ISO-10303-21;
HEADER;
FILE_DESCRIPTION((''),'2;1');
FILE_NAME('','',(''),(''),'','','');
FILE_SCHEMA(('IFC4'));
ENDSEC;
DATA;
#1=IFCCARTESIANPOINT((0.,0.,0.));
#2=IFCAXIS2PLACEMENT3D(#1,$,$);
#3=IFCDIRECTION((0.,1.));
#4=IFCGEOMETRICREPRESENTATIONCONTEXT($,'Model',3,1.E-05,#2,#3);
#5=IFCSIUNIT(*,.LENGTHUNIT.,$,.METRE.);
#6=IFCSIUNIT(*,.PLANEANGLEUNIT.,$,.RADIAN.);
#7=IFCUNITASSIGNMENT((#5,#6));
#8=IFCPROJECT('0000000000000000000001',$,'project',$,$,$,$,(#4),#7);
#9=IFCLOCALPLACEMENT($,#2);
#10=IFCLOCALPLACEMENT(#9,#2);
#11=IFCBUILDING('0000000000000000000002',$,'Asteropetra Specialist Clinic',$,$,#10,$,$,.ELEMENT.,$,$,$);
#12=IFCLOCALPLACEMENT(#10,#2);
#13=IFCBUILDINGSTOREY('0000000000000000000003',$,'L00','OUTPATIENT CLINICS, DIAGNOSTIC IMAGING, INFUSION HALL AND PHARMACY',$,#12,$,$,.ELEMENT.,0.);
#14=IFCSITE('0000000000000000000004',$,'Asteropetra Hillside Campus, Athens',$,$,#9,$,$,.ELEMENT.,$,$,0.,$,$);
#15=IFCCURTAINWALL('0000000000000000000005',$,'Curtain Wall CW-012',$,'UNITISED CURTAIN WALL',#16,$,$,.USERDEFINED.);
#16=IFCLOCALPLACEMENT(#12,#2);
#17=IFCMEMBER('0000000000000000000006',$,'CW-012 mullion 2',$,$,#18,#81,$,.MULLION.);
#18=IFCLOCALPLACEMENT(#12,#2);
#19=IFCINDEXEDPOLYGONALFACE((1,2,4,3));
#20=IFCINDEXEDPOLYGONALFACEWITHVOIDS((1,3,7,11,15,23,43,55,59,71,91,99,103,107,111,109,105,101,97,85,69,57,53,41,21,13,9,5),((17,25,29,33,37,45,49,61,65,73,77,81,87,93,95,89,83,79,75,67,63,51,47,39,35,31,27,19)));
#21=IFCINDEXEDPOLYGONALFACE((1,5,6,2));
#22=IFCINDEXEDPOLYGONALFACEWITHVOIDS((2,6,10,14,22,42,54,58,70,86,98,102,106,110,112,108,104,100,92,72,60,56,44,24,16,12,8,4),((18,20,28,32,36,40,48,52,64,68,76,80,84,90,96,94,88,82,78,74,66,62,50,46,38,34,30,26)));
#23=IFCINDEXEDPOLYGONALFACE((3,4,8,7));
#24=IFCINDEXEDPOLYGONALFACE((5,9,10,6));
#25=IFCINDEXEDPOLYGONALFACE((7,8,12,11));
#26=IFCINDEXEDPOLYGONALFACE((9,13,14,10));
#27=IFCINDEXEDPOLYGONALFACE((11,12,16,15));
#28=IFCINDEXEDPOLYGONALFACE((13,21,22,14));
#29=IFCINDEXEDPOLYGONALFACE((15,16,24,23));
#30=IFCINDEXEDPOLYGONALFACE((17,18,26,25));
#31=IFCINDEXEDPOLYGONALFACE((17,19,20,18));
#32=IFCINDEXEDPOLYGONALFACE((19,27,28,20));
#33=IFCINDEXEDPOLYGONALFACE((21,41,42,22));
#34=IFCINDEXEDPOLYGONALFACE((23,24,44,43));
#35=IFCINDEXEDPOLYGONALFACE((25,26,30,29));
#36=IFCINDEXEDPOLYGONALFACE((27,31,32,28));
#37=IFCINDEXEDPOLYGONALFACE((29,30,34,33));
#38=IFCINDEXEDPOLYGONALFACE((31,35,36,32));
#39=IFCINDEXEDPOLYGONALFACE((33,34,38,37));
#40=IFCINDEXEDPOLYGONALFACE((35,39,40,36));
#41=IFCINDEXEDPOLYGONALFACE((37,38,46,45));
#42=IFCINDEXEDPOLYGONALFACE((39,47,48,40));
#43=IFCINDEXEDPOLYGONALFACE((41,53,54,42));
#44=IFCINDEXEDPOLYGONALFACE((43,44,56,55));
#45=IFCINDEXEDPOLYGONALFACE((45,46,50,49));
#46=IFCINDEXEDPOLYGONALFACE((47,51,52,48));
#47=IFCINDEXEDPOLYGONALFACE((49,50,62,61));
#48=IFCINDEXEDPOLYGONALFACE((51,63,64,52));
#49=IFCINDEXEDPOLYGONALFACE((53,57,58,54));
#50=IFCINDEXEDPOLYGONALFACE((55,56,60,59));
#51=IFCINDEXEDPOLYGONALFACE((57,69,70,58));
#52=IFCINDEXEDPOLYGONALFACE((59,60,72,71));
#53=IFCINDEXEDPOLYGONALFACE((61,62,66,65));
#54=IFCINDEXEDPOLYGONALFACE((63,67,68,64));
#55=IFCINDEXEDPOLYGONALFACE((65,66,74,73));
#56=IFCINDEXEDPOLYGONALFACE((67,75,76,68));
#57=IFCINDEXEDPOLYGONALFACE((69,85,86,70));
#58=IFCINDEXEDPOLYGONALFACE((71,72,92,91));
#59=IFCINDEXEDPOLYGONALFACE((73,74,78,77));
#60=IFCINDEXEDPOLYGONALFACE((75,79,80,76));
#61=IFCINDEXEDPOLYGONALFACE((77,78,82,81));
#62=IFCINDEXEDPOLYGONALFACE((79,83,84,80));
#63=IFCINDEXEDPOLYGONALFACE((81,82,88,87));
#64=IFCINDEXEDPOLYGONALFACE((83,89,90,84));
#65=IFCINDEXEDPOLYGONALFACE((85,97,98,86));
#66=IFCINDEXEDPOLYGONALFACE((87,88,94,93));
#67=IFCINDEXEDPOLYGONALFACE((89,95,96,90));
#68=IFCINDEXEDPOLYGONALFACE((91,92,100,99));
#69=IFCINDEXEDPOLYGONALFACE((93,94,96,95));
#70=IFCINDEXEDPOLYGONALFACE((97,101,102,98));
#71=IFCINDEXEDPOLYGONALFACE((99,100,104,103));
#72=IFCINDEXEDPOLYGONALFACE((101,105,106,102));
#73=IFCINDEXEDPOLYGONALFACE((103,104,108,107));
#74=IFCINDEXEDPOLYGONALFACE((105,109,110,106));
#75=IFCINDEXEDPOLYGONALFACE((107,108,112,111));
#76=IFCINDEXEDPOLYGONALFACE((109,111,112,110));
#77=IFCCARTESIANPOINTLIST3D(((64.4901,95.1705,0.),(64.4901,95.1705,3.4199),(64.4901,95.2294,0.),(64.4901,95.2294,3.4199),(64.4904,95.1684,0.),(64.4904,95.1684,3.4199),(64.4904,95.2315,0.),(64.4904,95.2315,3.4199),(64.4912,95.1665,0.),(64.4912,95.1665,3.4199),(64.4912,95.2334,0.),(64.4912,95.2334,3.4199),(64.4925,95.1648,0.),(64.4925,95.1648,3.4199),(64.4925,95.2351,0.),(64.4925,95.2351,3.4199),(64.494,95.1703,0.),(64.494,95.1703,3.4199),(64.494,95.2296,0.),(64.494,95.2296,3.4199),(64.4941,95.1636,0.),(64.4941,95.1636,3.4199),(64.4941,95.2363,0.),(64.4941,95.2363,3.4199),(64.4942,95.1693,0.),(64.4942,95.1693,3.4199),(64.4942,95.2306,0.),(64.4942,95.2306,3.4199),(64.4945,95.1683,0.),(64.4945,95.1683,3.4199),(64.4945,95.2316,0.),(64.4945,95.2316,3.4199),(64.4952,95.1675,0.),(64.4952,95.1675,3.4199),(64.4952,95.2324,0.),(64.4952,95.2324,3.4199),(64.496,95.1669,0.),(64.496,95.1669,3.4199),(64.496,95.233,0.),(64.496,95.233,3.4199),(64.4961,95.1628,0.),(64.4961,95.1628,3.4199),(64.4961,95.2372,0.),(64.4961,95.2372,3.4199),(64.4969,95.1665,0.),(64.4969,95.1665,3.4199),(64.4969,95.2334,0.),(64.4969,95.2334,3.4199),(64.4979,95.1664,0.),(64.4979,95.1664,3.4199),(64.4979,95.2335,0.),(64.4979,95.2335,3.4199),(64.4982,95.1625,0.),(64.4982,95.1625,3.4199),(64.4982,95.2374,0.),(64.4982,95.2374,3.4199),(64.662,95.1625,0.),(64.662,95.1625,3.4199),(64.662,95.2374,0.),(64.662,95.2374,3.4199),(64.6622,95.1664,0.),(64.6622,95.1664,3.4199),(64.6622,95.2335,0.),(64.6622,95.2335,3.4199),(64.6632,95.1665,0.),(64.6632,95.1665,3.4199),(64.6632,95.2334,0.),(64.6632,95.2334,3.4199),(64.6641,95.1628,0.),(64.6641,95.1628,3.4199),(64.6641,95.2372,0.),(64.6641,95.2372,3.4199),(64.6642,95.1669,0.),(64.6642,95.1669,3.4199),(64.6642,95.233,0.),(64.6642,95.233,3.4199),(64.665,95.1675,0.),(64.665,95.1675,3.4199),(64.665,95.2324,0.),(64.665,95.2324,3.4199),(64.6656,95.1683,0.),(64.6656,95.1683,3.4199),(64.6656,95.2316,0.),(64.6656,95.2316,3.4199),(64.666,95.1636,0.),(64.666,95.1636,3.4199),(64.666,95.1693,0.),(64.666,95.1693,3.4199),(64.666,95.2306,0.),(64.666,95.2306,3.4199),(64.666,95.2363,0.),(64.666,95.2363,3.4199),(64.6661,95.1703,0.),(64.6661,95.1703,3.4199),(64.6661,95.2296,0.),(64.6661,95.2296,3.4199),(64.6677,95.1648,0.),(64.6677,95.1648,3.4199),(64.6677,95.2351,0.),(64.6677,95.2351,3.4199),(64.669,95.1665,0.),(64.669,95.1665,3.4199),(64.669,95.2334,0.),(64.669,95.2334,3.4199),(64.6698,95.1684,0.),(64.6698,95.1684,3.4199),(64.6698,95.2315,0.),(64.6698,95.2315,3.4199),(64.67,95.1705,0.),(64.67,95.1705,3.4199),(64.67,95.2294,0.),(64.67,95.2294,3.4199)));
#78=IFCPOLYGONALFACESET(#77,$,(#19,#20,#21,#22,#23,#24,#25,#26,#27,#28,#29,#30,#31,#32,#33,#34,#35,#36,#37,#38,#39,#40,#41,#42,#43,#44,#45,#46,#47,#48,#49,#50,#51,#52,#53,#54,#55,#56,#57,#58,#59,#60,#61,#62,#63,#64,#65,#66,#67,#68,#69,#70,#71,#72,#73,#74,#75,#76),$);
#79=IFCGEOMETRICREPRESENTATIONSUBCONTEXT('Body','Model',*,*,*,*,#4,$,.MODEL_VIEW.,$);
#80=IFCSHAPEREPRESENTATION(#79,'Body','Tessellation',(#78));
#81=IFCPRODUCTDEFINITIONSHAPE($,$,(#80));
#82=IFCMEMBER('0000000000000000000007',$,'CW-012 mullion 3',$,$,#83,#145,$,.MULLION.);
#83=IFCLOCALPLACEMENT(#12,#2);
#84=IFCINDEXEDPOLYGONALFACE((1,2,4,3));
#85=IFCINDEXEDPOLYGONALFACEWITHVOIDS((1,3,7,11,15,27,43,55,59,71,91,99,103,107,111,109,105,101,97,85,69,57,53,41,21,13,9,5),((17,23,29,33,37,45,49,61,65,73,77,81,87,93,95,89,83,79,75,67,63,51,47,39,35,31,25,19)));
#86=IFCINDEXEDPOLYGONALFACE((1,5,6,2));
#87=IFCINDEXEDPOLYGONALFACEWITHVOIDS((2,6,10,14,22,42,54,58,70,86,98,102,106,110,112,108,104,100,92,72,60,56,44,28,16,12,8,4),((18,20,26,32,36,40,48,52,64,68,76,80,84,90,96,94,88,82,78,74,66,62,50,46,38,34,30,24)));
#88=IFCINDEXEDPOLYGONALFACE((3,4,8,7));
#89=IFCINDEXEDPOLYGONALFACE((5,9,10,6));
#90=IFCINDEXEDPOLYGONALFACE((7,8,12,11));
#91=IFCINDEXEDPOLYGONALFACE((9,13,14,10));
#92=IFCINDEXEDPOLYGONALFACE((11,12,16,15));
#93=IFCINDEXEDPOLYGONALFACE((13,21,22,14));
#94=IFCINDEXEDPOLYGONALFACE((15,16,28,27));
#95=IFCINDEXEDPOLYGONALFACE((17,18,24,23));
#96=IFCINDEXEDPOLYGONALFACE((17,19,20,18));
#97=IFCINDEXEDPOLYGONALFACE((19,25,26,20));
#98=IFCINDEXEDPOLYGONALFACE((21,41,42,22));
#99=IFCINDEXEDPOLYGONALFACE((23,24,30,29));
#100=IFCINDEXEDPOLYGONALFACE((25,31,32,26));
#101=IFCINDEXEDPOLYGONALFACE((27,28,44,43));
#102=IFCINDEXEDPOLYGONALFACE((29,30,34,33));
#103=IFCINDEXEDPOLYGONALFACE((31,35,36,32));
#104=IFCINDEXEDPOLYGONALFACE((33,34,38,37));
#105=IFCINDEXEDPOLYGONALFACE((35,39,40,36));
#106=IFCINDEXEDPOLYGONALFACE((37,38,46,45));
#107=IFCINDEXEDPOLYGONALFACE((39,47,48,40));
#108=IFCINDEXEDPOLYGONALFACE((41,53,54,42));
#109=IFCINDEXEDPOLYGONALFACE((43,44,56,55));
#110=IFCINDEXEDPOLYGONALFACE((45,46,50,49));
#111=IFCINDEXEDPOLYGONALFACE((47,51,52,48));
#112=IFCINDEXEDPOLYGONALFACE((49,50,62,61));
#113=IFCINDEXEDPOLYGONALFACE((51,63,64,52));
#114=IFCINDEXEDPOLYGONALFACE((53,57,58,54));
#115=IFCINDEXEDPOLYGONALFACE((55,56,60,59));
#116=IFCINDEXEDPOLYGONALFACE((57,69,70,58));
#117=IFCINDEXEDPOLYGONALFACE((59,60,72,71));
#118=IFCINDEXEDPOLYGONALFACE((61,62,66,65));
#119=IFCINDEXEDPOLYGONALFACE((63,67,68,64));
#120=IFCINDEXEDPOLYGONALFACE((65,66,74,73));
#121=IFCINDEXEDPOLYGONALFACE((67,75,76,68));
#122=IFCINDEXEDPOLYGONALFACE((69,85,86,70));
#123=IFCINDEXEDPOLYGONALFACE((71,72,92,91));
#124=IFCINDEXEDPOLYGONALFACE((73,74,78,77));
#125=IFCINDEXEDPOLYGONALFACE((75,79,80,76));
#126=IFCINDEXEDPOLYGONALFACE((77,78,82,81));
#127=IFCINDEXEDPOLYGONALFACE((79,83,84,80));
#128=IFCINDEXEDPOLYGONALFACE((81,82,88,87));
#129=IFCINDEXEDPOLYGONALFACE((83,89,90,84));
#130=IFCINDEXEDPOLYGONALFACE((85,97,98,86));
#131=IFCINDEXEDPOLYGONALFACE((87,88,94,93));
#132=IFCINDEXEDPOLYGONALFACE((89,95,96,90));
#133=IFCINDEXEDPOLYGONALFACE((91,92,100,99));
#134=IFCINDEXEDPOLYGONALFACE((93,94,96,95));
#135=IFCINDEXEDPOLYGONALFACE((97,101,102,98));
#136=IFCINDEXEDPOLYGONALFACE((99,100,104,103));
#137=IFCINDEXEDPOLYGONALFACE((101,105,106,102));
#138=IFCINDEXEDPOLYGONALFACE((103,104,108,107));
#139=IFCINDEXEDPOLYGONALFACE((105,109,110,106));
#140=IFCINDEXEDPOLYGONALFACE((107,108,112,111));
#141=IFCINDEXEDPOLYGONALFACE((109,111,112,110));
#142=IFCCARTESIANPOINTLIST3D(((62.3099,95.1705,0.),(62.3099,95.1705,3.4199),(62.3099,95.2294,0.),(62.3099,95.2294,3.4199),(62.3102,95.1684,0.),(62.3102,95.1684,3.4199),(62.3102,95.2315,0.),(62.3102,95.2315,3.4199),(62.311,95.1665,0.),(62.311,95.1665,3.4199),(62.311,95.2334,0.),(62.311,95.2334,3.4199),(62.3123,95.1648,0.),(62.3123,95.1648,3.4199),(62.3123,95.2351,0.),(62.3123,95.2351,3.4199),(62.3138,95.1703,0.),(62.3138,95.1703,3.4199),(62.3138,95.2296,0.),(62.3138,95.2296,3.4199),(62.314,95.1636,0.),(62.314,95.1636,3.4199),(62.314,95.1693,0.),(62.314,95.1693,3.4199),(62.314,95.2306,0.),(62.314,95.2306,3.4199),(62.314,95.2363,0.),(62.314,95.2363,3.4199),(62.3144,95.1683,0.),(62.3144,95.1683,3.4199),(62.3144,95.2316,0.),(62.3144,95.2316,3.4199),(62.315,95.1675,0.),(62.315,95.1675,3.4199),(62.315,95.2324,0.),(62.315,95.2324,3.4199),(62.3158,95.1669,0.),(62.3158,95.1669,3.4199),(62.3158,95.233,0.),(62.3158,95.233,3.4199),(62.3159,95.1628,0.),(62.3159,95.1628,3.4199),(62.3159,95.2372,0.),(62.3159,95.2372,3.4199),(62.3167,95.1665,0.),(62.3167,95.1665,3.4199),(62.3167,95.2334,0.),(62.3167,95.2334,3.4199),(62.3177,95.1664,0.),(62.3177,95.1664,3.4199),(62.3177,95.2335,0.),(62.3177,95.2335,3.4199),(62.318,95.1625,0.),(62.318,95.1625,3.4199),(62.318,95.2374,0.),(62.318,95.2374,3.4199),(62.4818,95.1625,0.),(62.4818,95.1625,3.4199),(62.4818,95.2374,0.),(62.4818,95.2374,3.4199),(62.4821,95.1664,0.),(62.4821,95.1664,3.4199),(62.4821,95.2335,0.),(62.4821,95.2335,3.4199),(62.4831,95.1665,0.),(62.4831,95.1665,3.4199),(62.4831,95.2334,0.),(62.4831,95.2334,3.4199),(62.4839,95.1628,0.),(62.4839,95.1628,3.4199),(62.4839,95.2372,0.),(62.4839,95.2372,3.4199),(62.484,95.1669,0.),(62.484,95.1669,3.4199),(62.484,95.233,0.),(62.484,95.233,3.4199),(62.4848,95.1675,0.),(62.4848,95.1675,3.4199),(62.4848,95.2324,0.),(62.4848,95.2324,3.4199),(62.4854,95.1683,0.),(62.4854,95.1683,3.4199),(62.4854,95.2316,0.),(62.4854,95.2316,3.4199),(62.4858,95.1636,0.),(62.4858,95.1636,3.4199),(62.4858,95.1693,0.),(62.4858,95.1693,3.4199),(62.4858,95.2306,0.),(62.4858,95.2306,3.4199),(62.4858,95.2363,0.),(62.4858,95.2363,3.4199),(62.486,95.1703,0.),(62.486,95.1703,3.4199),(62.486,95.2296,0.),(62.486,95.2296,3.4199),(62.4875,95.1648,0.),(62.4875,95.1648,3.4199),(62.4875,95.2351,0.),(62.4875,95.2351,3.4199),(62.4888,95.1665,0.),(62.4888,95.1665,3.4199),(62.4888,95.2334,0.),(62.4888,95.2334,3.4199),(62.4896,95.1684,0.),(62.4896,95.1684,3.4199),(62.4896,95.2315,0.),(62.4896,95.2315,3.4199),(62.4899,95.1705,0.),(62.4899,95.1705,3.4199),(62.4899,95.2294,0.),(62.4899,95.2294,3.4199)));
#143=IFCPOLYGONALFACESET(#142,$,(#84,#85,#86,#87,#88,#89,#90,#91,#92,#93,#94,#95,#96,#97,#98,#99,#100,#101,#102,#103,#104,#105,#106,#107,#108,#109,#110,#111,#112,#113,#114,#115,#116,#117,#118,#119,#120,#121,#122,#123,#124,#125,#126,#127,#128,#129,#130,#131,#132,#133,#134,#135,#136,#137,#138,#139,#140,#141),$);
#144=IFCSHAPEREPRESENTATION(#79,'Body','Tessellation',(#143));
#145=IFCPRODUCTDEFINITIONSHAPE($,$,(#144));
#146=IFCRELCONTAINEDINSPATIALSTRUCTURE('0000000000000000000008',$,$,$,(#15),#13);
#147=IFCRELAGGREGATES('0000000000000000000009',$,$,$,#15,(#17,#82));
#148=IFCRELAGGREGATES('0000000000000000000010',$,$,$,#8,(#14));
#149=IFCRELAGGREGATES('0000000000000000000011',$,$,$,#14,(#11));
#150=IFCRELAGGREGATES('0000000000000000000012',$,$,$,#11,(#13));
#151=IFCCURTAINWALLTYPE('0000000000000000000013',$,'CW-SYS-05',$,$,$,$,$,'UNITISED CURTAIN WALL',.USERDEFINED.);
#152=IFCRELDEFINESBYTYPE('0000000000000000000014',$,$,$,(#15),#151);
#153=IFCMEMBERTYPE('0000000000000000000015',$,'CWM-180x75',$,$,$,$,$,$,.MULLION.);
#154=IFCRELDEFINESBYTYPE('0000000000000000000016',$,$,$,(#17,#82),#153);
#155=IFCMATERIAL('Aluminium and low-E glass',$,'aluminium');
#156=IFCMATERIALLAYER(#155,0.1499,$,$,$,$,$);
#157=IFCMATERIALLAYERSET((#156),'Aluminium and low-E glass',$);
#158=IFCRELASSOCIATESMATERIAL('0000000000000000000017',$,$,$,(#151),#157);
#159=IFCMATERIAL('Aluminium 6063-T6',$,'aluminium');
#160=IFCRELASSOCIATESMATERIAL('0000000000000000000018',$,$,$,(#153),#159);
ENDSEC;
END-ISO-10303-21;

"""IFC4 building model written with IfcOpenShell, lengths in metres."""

from ifc_helpers import new_model, si_unit, direction, frame, origin, origin_2d, place, context, subcontext, project, spatial, hollow_rectangle, extrude, material, layer, layer_set, material_profile, profile_set, type_object, element, aggregate, save


model = new_model("IFC4")

# Units and contexts
model_context = context("Model", 3, precision=1e-05, world=origin(), true_north=direction((0.0, 1.0)))
body_context = subcontext(model_context, "Body", "Model", "MODEL_VIEW")
ifc_project = project(units=[si_unit("LENGTHUNIT", "METRE"), si_unit("PLANEANGLEUNIT", "RADIAN")], contexts=[model_context])

# Site, building, storey
site_placement = place(None, origin())
site = spatial("IfcSite", under=ifc_project, at=site_placement, Name="Asteropetra Hillside Campus, Athens", CompositionType="ELEMENT", RefElevation=0.0)
building_placement = place(site_placement, origin())
building = spatial("IfcBuilding", under=site, at=building_placement, Name="Asteropetra Specialist Clinic", CompositionType="ELEMENT")
storey_placement = place(building_placement, origin())
storey = spatial("IfcBuildingStorey", under=building, at=storey_placement, Name="L00", Description="OUTPATIENT CLINICS, DIAGNOSTIC IMAGING, INFUSION HALL AND PHARMACY", CompositionType="ELEMENT", Elevation=0.0)

# Curtain wall, members
ifc_material_1 = material(Name="Aluminium and low-E glass", Category="aluminium")
ifc_layer_1 = layer(ifc_material_1, 0.1499)
ifc_layer_set_1 = layer_set([ifc_layer_1], Name="Aluminium and low-E glass")
curtain_wall_type_1 = type_object("IfcCurtainWallType", Name="CW-SYS-05", ElementType="UNITISED CURTAIN WALL", PredefinedType="USERDEFINED", material=ifc_layer_set_1)
curtain_wall_1_placement = place(storey_placement, origin())
curtain_wall_1 = element("IfcCurtainWall", 1, at=curtain_wall_1_placement, inside=storey, type_object=curtain_wall_type_1, Name="Curtain Wall CW-012", ObjectType="UNITISED CURTAIN WALL", PredefinedType="USERDEFINED")
ifc_material_2 = material(Name="Aluminium 6063-T6", Category="aluminium")
ifc_material_profile_1 = material_profile(ifc_material_2, hollow_rectangle(XDim=0.075, YDim=0.1799, WallThickness=0.0039, InnerFilletRadius=0.0039, OuterFilletRadius=0.0081, at=origin_2d()), Name="MUL 180x75x4.0")
ifc_profile_set_1 = profile_set([ifc_material_profile_1], Name="Aluminium 6063-T6")
member_type_1 = type_object("IfcMemberType", Name="CWM-180x75", PredefinedType="MULLION", material=ifc_profile_set_1)
member_1_placement = place(storey_placement, frame((64.5801, 95.2, 0.0), z_axis=(0.0, 0.0, 1.0), x_axis=(0.0, -1.0, 0.0)))
member_1 = element("IfcMember", 2, at=member_1_placement, type_object=member_type_1, Name="CW-012 mullion 2", PredefinedType="MULLION", context=body_context, shape_type="SweptSolid", body=[
    extrude(hollow_rectangle(XDim=0.075, YDim=0.1799, WallThickness=0.0039, InnerFilletRadius=0.0039, OuterFilletRadius=0.0081, at=origin_2d()), origin(), (0.0, 0.0, 1.0), 3.4199),
])
member_2_placement = place(storey_placement, frame((62.3999, 95.2, 0.0), z_axis=(0.0, 0.0, 1.0), x_axis=(0.0, -1.0, 0.0)))
member_2 = element("IfcMember", 3, at=member_2_placement, type_object=member_type_1, Name="CW-012 mullion 3", PredefinedType="MULLION", context=body_context, shape_type="SweptSolid", body=[
    extrude(hollow_rectangle(XDim=0.075, YDim=0.1799, WallThickness=0.0039, InnerFilletRadius=0.0039, OuterFilletRadius=0.0081, at=origin_2d()), origin(), (0.0, 0.0, 1.0), 3.4199),
])

aggregate(curtain_wall_1, [member_1, member_2])

save(model, "model.ifc")
